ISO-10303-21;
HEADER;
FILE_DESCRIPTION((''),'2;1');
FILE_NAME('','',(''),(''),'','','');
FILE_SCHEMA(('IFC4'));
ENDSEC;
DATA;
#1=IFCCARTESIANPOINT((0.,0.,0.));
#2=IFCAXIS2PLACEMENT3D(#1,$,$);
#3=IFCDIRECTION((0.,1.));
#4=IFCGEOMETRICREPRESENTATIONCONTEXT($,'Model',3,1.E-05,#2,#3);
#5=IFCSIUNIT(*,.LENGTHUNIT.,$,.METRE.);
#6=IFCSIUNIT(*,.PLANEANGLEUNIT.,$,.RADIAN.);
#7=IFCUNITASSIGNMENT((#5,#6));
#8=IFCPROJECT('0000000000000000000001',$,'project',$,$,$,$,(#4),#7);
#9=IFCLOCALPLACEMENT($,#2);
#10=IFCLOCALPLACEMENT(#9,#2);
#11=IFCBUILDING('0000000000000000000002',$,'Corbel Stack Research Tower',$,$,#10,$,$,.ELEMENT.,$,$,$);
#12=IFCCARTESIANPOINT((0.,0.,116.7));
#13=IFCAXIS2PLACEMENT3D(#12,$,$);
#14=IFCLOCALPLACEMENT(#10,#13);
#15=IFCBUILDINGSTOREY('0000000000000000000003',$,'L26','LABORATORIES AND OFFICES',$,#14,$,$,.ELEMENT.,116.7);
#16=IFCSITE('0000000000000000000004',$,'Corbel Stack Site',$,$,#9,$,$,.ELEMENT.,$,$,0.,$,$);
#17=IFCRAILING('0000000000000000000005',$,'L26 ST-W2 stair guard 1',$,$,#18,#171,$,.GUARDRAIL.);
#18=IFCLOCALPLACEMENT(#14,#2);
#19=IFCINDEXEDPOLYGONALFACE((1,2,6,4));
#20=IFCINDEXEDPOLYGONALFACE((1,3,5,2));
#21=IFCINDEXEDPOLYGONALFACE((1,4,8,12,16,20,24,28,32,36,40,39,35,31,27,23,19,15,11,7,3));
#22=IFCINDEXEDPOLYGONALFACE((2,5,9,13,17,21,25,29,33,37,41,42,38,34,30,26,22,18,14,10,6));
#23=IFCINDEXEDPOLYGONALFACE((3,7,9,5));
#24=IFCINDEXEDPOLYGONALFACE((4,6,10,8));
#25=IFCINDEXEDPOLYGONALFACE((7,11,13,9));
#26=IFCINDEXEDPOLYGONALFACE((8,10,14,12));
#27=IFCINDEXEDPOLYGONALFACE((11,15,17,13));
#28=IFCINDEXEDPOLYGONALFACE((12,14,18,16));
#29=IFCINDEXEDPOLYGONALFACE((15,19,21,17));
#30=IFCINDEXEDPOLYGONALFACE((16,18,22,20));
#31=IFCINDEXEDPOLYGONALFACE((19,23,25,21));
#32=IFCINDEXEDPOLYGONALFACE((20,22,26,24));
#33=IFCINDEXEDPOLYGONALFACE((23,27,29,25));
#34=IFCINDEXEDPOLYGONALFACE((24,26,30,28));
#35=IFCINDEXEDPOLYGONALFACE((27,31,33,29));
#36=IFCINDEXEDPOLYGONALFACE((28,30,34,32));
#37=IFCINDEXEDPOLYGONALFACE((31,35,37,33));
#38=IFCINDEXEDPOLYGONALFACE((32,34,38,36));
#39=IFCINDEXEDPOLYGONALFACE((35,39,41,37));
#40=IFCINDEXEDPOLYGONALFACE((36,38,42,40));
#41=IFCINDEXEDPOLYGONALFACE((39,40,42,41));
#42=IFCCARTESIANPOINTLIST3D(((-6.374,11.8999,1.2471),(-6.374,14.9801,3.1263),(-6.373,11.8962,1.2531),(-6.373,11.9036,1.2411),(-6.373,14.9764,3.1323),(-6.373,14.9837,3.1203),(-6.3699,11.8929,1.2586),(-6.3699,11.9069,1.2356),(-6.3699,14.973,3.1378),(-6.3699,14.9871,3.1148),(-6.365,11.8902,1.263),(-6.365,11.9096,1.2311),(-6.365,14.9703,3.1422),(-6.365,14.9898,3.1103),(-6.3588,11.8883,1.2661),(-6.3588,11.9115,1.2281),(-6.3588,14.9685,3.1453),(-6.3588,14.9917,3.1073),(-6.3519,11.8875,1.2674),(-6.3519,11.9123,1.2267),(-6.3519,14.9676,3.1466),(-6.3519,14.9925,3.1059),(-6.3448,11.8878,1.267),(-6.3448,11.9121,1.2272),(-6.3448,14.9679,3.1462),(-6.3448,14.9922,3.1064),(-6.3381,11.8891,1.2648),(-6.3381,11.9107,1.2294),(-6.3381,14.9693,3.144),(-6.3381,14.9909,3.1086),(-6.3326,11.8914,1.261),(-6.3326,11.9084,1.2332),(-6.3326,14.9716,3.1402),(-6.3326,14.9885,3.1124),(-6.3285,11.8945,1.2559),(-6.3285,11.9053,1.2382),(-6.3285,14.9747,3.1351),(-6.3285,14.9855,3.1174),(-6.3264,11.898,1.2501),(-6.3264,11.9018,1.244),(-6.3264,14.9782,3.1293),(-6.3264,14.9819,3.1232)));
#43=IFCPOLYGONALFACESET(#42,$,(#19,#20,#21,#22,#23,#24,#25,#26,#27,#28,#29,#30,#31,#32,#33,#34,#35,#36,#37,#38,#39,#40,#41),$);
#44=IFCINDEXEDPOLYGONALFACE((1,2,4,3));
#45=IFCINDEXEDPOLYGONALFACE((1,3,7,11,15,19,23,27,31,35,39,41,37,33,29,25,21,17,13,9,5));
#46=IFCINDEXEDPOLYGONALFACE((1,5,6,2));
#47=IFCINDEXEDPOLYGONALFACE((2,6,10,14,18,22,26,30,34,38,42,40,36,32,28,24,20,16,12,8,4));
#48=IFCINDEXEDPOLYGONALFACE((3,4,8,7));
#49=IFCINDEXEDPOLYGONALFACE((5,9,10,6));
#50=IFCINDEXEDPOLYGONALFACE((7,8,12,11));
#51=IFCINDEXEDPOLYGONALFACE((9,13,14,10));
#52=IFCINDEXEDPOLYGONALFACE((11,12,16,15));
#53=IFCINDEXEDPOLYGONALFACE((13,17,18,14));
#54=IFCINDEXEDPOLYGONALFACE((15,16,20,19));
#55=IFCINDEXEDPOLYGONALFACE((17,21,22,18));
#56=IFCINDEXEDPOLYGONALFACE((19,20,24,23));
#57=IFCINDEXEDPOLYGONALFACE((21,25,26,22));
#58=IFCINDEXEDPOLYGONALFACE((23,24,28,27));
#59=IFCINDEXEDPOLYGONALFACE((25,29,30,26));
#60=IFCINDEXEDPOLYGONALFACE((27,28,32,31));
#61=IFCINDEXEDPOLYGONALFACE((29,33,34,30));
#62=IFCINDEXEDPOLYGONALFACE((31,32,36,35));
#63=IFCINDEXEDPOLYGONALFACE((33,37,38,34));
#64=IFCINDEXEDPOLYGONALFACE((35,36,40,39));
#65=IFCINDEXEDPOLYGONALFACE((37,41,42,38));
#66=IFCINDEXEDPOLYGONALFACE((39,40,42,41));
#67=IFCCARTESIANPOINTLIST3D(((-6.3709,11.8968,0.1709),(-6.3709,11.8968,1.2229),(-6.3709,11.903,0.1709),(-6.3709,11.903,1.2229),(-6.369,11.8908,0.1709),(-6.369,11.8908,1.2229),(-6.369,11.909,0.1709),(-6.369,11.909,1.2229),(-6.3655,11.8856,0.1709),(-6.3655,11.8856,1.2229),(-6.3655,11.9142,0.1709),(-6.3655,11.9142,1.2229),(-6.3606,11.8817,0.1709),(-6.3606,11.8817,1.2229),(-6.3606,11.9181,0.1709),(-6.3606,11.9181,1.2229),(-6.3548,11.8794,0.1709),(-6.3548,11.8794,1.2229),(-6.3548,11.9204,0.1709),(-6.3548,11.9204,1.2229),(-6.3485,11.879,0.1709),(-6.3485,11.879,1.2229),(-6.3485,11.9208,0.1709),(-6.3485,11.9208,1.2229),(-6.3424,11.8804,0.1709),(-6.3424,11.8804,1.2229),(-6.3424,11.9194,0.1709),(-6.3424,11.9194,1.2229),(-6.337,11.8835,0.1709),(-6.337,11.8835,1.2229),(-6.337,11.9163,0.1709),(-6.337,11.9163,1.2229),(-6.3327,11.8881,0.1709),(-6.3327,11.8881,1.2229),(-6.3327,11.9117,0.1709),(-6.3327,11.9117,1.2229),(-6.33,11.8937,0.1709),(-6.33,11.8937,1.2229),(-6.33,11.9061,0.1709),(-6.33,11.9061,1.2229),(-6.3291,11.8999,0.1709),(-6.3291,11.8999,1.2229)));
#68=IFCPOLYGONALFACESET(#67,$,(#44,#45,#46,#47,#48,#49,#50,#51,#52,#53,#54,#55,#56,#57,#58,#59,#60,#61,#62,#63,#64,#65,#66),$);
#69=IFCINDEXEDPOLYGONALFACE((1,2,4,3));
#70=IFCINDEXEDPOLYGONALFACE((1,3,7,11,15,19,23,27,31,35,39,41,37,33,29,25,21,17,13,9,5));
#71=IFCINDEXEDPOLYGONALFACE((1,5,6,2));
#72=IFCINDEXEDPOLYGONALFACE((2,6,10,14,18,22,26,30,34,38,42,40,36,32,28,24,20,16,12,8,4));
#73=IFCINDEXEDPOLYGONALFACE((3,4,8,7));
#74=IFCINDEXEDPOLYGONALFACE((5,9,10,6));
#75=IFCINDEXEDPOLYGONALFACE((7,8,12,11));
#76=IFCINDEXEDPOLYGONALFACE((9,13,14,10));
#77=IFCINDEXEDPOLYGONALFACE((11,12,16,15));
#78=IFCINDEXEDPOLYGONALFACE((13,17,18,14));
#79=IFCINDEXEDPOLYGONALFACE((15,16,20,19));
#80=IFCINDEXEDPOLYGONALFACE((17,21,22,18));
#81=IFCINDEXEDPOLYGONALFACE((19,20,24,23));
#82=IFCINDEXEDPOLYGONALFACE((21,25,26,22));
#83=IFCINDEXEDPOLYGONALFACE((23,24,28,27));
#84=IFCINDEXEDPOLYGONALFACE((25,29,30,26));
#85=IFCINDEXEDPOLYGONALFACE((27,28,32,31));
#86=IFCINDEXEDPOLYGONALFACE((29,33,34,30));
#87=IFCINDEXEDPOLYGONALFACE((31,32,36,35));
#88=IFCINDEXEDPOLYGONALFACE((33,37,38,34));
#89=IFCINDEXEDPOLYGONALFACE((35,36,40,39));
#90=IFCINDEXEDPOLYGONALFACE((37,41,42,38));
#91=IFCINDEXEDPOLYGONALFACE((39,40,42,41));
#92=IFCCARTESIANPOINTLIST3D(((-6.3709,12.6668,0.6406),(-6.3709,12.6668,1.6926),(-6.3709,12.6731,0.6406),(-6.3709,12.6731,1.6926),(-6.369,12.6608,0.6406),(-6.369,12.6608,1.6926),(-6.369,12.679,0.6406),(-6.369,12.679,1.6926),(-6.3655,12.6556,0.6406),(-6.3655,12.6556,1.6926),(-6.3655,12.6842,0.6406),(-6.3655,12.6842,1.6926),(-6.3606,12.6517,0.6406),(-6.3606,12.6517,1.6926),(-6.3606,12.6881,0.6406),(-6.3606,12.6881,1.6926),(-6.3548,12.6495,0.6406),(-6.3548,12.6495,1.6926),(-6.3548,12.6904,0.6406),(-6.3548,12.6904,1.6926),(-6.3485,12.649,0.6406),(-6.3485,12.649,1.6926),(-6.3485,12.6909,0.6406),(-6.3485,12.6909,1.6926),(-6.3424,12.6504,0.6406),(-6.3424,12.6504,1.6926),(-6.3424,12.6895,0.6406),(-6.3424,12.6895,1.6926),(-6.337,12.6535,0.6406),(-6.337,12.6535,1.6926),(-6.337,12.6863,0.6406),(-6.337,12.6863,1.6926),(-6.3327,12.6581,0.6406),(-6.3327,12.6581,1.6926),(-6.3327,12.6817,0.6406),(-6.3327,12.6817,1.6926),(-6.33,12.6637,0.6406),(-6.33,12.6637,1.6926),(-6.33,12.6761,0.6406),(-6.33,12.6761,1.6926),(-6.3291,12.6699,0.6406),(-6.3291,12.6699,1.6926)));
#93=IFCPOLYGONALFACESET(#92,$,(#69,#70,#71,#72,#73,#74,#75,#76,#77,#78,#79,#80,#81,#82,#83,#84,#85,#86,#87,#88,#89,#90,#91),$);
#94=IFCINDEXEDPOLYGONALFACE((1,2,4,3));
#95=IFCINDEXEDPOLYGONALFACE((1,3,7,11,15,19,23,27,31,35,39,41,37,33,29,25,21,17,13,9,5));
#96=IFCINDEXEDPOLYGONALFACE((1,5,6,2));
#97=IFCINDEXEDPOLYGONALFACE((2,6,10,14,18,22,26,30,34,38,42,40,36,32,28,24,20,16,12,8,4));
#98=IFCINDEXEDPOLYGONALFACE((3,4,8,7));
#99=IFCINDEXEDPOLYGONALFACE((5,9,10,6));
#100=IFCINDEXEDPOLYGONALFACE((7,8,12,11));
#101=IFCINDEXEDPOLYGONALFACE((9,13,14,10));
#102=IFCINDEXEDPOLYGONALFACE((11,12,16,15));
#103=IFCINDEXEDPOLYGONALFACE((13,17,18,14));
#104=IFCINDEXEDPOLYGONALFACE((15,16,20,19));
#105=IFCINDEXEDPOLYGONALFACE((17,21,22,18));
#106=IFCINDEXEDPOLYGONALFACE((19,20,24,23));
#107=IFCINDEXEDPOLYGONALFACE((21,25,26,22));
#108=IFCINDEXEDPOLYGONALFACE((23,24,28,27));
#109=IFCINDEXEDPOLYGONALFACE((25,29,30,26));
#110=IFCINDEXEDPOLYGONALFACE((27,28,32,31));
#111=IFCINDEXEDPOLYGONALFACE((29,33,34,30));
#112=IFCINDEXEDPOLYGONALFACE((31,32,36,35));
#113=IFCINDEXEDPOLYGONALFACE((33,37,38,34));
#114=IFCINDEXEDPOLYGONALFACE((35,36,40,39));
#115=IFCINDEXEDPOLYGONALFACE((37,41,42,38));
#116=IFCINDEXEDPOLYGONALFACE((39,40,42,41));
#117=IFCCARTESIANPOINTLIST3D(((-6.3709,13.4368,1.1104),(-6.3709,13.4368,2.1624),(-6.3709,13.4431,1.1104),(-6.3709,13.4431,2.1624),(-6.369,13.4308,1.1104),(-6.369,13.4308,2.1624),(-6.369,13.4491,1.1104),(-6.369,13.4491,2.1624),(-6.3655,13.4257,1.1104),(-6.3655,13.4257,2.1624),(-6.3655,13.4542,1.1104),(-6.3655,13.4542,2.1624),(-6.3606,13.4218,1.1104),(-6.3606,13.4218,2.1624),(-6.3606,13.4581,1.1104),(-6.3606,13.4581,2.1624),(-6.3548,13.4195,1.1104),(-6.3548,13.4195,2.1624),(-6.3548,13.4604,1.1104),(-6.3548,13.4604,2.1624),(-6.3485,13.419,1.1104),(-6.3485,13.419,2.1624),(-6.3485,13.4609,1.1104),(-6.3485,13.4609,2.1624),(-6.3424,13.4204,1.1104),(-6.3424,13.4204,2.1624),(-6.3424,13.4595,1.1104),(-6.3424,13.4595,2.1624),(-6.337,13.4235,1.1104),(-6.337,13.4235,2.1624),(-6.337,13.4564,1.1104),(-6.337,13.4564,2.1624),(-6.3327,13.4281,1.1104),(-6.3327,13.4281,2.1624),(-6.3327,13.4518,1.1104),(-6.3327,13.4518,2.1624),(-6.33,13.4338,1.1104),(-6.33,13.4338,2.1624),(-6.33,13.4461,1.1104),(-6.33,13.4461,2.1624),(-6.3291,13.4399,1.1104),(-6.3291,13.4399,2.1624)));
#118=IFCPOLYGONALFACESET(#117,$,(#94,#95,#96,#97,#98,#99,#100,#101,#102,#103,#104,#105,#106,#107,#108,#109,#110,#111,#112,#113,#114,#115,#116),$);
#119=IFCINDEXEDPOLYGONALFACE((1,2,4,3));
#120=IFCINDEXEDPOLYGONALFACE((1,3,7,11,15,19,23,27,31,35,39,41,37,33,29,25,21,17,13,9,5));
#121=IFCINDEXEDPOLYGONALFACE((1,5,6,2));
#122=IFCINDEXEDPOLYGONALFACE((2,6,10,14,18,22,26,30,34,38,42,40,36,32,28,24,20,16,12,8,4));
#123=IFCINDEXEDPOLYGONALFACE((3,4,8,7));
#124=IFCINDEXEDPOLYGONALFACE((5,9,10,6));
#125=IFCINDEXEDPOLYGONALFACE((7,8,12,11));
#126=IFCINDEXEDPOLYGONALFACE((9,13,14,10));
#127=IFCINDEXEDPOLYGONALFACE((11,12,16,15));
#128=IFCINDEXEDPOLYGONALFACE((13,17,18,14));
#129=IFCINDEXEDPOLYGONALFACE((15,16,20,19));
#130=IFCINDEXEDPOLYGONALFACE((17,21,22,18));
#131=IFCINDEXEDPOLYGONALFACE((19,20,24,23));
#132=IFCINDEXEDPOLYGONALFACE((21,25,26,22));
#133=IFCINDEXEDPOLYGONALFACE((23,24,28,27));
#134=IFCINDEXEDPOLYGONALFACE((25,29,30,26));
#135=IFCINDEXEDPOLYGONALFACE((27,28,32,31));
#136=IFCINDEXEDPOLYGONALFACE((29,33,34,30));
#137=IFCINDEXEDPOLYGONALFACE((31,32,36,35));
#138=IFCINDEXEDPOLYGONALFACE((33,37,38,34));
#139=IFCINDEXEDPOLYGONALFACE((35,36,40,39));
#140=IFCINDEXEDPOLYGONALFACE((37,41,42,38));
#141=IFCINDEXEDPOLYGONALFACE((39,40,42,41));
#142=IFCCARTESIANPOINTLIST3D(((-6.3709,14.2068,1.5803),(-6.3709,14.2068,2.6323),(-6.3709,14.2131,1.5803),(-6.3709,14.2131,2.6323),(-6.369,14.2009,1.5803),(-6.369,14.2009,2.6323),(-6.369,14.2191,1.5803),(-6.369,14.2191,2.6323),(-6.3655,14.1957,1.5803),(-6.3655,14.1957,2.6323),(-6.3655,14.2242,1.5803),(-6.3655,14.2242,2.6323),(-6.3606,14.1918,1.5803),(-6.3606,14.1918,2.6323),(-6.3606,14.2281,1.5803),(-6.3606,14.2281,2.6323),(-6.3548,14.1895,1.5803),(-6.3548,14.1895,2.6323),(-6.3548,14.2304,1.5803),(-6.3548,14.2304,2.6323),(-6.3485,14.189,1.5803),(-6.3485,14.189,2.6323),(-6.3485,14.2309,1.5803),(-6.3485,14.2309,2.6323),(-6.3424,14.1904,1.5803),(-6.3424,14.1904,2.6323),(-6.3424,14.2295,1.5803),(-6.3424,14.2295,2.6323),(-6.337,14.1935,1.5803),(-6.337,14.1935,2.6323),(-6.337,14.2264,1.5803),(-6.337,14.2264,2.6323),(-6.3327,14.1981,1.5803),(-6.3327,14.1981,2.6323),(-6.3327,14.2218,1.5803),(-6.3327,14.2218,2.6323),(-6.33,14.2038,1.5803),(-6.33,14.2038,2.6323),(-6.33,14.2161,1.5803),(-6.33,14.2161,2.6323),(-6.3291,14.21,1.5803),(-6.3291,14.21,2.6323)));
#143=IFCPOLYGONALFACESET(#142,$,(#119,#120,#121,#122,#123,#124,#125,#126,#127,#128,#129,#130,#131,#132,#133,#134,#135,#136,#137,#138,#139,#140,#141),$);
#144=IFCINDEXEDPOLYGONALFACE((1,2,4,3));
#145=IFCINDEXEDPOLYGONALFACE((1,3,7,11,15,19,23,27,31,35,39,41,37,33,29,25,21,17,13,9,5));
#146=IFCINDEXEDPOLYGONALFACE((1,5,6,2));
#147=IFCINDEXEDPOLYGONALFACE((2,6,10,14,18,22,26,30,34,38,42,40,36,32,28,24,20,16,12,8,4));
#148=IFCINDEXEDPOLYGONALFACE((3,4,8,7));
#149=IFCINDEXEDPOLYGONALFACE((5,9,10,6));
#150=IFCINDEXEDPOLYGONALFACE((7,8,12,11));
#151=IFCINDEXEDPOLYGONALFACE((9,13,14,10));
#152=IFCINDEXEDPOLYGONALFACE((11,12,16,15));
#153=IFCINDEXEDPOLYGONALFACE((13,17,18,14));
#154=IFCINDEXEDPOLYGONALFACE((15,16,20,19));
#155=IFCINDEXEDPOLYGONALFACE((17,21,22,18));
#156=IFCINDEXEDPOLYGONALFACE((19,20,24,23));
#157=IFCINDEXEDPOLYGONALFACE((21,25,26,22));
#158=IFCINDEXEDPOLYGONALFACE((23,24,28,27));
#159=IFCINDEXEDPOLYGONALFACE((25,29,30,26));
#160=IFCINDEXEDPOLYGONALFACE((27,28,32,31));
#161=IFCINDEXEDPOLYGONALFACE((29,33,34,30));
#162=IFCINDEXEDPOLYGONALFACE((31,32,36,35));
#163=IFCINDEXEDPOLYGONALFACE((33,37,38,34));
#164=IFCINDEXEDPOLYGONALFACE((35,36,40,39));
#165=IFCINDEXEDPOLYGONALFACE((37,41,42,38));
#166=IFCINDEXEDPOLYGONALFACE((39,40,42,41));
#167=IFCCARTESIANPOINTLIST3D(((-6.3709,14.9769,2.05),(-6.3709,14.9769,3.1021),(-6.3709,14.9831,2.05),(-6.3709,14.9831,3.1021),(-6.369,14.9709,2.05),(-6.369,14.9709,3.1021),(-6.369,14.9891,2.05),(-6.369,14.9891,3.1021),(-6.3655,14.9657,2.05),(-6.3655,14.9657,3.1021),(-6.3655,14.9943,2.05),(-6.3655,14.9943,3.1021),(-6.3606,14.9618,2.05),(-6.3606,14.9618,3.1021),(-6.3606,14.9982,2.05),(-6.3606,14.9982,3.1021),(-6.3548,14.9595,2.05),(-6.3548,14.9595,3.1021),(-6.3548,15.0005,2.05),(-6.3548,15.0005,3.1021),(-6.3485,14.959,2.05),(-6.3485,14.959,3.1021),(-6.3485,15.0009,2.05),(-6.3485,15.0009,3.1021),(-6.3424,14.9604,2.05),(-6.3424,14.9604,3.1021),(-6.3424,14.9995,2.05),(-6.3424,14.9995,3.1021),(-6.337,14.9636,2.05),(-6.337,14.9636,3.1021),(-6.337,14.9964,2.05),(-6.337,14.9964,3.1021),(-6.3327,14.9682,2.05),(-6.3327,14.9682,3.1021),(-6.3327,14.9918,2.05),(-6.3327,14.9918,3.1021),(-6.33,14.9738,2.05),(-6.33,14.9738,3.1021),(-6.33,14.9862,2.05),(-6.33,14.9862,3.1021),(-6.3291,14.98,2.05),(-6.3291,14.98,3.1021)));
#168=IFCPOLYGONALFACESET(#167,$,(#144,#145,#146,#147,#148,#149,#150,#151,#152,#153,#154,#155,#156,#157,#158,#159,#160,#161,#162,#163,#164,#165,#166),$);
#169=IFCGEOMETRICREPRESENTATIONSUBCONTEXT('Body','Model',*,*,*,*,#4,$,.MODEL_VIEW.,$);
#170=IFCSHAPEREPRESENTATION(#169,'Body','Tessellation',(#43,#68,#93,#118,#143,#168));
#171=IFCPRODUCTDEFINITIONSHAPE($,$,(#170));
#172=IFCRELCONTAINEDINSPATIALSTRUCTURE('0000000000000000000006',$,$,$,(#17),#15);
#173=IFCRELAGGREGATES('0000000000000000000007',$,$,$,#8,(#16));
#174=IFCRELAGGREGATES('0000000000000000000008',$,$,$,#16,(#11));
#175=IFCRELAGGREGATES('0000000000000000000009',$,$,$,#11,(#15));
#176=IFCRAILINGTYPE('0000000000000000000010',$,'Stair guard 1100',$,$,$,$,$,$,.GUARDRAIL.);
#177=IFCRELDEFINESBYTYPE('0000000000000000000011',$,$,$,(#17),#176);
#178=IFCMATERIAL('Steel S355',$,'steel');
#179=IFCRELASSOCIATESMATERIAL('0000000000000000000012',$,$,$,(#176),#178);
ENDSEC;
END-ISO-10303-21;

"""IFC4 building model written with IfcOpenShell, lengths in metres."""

from ifc_helpers import new_model, si_unit, direction, frame, origin, origin_2d, place, context, subcontext, project, spatial, circle, extrude, material, type_object, element, save


model = new_model("IFC4")

# Units and contexts
model_context = context("Model", 3, precision=1e-05, world=origin(), true_north=direction((0.0, 1.0)))
body_context = subcontext(model_context, "Body", "Model", "MODEL_VIEW")
ifc_project = project(units=[si_unit("LENGTHUNIT", "METRE"), si_unit("PLANEANGLEUNIT", "RADIAN")], contexts=[model_context])

# Site, building, storey
site_placement = place(None, origin())
site = spatial("IfcSite", under=ifc_project, at=site_placement, Name="Corbel Stack Site", CompositionType="ELEMENT", RefElevation=0.0)
building_placement = place(site_placement, origin())
building = spatial("IfcBuilding", under=site, at=building_placement, Name="Corbel Stack Research Tower", CompositionType="ELEMENT")
storey_placement = place(building_placement, frame((0.0, 0.0, 116.7)))
storey = spatial("IfcBuildingStorey", under=building, at=storey_placement, Name="L26", Description="LABORATORIES AND OFFICES", CompositionType="ELEMENT", Elevation=116.7)

# Railing
ifc_material_1 = material(Name="Steel S355", Category="steel")
railing_type_1 = type_object("IfcRailingType", Name="Stair guard 1100", PredefinedType="GUARDRAIL", material=ifc_material_1)
railing_1_placement = place(storey_placement, frame((-6.3501, 11.8999, 0.1709)))
element("IfcRailing", 1, at=railing_1_placement, inside=storey, type_object=railing_type_1, Name="L26 ST-W2 stair guard 1", PredefinedType="GUARDRAIL", context=body_context, shape_type="SweptSolid", body=[
    extrude(circle(Radius=0.0239, at=origin_2d()), frame((0.0, 0.0, 1.0762), z_axis=(0.0, 0.853666, 0.52082), x_axis=(-1.0, 0.0, 0.0)), (0.0, 0.0, 1.0), 3.6082),
    extrude(circle(Radius=0.021, at=origin_2d()), origin(), (0.0, 0.0, 1.0), 1.052),
    extrude(circle(Radius=0.021, at=origin_2d()), frame((0.0, 0.77, 0.4697)), (0.0, 0.0, 1.0), 1.052),
    extrude(circle(Radius=0.021, at=origin_2d()), frame((0.0, 1.54, 0.9395)), (0.0, 0.0, 1.0), 1.052),
    extrude(circle(Radius=0.021, at=origin_2d()), frame((0.0, 2.3101, 1.4094)), (0.0, 0.0, 1.0), 1.052),
    extrude(circle(Radius=0.021, at=origin_2d()), frame((0.0, 3.0801, 1.8792)), (0.0, 0.0, 1.0), 1.052),
])

save(model, "model.ifc")
